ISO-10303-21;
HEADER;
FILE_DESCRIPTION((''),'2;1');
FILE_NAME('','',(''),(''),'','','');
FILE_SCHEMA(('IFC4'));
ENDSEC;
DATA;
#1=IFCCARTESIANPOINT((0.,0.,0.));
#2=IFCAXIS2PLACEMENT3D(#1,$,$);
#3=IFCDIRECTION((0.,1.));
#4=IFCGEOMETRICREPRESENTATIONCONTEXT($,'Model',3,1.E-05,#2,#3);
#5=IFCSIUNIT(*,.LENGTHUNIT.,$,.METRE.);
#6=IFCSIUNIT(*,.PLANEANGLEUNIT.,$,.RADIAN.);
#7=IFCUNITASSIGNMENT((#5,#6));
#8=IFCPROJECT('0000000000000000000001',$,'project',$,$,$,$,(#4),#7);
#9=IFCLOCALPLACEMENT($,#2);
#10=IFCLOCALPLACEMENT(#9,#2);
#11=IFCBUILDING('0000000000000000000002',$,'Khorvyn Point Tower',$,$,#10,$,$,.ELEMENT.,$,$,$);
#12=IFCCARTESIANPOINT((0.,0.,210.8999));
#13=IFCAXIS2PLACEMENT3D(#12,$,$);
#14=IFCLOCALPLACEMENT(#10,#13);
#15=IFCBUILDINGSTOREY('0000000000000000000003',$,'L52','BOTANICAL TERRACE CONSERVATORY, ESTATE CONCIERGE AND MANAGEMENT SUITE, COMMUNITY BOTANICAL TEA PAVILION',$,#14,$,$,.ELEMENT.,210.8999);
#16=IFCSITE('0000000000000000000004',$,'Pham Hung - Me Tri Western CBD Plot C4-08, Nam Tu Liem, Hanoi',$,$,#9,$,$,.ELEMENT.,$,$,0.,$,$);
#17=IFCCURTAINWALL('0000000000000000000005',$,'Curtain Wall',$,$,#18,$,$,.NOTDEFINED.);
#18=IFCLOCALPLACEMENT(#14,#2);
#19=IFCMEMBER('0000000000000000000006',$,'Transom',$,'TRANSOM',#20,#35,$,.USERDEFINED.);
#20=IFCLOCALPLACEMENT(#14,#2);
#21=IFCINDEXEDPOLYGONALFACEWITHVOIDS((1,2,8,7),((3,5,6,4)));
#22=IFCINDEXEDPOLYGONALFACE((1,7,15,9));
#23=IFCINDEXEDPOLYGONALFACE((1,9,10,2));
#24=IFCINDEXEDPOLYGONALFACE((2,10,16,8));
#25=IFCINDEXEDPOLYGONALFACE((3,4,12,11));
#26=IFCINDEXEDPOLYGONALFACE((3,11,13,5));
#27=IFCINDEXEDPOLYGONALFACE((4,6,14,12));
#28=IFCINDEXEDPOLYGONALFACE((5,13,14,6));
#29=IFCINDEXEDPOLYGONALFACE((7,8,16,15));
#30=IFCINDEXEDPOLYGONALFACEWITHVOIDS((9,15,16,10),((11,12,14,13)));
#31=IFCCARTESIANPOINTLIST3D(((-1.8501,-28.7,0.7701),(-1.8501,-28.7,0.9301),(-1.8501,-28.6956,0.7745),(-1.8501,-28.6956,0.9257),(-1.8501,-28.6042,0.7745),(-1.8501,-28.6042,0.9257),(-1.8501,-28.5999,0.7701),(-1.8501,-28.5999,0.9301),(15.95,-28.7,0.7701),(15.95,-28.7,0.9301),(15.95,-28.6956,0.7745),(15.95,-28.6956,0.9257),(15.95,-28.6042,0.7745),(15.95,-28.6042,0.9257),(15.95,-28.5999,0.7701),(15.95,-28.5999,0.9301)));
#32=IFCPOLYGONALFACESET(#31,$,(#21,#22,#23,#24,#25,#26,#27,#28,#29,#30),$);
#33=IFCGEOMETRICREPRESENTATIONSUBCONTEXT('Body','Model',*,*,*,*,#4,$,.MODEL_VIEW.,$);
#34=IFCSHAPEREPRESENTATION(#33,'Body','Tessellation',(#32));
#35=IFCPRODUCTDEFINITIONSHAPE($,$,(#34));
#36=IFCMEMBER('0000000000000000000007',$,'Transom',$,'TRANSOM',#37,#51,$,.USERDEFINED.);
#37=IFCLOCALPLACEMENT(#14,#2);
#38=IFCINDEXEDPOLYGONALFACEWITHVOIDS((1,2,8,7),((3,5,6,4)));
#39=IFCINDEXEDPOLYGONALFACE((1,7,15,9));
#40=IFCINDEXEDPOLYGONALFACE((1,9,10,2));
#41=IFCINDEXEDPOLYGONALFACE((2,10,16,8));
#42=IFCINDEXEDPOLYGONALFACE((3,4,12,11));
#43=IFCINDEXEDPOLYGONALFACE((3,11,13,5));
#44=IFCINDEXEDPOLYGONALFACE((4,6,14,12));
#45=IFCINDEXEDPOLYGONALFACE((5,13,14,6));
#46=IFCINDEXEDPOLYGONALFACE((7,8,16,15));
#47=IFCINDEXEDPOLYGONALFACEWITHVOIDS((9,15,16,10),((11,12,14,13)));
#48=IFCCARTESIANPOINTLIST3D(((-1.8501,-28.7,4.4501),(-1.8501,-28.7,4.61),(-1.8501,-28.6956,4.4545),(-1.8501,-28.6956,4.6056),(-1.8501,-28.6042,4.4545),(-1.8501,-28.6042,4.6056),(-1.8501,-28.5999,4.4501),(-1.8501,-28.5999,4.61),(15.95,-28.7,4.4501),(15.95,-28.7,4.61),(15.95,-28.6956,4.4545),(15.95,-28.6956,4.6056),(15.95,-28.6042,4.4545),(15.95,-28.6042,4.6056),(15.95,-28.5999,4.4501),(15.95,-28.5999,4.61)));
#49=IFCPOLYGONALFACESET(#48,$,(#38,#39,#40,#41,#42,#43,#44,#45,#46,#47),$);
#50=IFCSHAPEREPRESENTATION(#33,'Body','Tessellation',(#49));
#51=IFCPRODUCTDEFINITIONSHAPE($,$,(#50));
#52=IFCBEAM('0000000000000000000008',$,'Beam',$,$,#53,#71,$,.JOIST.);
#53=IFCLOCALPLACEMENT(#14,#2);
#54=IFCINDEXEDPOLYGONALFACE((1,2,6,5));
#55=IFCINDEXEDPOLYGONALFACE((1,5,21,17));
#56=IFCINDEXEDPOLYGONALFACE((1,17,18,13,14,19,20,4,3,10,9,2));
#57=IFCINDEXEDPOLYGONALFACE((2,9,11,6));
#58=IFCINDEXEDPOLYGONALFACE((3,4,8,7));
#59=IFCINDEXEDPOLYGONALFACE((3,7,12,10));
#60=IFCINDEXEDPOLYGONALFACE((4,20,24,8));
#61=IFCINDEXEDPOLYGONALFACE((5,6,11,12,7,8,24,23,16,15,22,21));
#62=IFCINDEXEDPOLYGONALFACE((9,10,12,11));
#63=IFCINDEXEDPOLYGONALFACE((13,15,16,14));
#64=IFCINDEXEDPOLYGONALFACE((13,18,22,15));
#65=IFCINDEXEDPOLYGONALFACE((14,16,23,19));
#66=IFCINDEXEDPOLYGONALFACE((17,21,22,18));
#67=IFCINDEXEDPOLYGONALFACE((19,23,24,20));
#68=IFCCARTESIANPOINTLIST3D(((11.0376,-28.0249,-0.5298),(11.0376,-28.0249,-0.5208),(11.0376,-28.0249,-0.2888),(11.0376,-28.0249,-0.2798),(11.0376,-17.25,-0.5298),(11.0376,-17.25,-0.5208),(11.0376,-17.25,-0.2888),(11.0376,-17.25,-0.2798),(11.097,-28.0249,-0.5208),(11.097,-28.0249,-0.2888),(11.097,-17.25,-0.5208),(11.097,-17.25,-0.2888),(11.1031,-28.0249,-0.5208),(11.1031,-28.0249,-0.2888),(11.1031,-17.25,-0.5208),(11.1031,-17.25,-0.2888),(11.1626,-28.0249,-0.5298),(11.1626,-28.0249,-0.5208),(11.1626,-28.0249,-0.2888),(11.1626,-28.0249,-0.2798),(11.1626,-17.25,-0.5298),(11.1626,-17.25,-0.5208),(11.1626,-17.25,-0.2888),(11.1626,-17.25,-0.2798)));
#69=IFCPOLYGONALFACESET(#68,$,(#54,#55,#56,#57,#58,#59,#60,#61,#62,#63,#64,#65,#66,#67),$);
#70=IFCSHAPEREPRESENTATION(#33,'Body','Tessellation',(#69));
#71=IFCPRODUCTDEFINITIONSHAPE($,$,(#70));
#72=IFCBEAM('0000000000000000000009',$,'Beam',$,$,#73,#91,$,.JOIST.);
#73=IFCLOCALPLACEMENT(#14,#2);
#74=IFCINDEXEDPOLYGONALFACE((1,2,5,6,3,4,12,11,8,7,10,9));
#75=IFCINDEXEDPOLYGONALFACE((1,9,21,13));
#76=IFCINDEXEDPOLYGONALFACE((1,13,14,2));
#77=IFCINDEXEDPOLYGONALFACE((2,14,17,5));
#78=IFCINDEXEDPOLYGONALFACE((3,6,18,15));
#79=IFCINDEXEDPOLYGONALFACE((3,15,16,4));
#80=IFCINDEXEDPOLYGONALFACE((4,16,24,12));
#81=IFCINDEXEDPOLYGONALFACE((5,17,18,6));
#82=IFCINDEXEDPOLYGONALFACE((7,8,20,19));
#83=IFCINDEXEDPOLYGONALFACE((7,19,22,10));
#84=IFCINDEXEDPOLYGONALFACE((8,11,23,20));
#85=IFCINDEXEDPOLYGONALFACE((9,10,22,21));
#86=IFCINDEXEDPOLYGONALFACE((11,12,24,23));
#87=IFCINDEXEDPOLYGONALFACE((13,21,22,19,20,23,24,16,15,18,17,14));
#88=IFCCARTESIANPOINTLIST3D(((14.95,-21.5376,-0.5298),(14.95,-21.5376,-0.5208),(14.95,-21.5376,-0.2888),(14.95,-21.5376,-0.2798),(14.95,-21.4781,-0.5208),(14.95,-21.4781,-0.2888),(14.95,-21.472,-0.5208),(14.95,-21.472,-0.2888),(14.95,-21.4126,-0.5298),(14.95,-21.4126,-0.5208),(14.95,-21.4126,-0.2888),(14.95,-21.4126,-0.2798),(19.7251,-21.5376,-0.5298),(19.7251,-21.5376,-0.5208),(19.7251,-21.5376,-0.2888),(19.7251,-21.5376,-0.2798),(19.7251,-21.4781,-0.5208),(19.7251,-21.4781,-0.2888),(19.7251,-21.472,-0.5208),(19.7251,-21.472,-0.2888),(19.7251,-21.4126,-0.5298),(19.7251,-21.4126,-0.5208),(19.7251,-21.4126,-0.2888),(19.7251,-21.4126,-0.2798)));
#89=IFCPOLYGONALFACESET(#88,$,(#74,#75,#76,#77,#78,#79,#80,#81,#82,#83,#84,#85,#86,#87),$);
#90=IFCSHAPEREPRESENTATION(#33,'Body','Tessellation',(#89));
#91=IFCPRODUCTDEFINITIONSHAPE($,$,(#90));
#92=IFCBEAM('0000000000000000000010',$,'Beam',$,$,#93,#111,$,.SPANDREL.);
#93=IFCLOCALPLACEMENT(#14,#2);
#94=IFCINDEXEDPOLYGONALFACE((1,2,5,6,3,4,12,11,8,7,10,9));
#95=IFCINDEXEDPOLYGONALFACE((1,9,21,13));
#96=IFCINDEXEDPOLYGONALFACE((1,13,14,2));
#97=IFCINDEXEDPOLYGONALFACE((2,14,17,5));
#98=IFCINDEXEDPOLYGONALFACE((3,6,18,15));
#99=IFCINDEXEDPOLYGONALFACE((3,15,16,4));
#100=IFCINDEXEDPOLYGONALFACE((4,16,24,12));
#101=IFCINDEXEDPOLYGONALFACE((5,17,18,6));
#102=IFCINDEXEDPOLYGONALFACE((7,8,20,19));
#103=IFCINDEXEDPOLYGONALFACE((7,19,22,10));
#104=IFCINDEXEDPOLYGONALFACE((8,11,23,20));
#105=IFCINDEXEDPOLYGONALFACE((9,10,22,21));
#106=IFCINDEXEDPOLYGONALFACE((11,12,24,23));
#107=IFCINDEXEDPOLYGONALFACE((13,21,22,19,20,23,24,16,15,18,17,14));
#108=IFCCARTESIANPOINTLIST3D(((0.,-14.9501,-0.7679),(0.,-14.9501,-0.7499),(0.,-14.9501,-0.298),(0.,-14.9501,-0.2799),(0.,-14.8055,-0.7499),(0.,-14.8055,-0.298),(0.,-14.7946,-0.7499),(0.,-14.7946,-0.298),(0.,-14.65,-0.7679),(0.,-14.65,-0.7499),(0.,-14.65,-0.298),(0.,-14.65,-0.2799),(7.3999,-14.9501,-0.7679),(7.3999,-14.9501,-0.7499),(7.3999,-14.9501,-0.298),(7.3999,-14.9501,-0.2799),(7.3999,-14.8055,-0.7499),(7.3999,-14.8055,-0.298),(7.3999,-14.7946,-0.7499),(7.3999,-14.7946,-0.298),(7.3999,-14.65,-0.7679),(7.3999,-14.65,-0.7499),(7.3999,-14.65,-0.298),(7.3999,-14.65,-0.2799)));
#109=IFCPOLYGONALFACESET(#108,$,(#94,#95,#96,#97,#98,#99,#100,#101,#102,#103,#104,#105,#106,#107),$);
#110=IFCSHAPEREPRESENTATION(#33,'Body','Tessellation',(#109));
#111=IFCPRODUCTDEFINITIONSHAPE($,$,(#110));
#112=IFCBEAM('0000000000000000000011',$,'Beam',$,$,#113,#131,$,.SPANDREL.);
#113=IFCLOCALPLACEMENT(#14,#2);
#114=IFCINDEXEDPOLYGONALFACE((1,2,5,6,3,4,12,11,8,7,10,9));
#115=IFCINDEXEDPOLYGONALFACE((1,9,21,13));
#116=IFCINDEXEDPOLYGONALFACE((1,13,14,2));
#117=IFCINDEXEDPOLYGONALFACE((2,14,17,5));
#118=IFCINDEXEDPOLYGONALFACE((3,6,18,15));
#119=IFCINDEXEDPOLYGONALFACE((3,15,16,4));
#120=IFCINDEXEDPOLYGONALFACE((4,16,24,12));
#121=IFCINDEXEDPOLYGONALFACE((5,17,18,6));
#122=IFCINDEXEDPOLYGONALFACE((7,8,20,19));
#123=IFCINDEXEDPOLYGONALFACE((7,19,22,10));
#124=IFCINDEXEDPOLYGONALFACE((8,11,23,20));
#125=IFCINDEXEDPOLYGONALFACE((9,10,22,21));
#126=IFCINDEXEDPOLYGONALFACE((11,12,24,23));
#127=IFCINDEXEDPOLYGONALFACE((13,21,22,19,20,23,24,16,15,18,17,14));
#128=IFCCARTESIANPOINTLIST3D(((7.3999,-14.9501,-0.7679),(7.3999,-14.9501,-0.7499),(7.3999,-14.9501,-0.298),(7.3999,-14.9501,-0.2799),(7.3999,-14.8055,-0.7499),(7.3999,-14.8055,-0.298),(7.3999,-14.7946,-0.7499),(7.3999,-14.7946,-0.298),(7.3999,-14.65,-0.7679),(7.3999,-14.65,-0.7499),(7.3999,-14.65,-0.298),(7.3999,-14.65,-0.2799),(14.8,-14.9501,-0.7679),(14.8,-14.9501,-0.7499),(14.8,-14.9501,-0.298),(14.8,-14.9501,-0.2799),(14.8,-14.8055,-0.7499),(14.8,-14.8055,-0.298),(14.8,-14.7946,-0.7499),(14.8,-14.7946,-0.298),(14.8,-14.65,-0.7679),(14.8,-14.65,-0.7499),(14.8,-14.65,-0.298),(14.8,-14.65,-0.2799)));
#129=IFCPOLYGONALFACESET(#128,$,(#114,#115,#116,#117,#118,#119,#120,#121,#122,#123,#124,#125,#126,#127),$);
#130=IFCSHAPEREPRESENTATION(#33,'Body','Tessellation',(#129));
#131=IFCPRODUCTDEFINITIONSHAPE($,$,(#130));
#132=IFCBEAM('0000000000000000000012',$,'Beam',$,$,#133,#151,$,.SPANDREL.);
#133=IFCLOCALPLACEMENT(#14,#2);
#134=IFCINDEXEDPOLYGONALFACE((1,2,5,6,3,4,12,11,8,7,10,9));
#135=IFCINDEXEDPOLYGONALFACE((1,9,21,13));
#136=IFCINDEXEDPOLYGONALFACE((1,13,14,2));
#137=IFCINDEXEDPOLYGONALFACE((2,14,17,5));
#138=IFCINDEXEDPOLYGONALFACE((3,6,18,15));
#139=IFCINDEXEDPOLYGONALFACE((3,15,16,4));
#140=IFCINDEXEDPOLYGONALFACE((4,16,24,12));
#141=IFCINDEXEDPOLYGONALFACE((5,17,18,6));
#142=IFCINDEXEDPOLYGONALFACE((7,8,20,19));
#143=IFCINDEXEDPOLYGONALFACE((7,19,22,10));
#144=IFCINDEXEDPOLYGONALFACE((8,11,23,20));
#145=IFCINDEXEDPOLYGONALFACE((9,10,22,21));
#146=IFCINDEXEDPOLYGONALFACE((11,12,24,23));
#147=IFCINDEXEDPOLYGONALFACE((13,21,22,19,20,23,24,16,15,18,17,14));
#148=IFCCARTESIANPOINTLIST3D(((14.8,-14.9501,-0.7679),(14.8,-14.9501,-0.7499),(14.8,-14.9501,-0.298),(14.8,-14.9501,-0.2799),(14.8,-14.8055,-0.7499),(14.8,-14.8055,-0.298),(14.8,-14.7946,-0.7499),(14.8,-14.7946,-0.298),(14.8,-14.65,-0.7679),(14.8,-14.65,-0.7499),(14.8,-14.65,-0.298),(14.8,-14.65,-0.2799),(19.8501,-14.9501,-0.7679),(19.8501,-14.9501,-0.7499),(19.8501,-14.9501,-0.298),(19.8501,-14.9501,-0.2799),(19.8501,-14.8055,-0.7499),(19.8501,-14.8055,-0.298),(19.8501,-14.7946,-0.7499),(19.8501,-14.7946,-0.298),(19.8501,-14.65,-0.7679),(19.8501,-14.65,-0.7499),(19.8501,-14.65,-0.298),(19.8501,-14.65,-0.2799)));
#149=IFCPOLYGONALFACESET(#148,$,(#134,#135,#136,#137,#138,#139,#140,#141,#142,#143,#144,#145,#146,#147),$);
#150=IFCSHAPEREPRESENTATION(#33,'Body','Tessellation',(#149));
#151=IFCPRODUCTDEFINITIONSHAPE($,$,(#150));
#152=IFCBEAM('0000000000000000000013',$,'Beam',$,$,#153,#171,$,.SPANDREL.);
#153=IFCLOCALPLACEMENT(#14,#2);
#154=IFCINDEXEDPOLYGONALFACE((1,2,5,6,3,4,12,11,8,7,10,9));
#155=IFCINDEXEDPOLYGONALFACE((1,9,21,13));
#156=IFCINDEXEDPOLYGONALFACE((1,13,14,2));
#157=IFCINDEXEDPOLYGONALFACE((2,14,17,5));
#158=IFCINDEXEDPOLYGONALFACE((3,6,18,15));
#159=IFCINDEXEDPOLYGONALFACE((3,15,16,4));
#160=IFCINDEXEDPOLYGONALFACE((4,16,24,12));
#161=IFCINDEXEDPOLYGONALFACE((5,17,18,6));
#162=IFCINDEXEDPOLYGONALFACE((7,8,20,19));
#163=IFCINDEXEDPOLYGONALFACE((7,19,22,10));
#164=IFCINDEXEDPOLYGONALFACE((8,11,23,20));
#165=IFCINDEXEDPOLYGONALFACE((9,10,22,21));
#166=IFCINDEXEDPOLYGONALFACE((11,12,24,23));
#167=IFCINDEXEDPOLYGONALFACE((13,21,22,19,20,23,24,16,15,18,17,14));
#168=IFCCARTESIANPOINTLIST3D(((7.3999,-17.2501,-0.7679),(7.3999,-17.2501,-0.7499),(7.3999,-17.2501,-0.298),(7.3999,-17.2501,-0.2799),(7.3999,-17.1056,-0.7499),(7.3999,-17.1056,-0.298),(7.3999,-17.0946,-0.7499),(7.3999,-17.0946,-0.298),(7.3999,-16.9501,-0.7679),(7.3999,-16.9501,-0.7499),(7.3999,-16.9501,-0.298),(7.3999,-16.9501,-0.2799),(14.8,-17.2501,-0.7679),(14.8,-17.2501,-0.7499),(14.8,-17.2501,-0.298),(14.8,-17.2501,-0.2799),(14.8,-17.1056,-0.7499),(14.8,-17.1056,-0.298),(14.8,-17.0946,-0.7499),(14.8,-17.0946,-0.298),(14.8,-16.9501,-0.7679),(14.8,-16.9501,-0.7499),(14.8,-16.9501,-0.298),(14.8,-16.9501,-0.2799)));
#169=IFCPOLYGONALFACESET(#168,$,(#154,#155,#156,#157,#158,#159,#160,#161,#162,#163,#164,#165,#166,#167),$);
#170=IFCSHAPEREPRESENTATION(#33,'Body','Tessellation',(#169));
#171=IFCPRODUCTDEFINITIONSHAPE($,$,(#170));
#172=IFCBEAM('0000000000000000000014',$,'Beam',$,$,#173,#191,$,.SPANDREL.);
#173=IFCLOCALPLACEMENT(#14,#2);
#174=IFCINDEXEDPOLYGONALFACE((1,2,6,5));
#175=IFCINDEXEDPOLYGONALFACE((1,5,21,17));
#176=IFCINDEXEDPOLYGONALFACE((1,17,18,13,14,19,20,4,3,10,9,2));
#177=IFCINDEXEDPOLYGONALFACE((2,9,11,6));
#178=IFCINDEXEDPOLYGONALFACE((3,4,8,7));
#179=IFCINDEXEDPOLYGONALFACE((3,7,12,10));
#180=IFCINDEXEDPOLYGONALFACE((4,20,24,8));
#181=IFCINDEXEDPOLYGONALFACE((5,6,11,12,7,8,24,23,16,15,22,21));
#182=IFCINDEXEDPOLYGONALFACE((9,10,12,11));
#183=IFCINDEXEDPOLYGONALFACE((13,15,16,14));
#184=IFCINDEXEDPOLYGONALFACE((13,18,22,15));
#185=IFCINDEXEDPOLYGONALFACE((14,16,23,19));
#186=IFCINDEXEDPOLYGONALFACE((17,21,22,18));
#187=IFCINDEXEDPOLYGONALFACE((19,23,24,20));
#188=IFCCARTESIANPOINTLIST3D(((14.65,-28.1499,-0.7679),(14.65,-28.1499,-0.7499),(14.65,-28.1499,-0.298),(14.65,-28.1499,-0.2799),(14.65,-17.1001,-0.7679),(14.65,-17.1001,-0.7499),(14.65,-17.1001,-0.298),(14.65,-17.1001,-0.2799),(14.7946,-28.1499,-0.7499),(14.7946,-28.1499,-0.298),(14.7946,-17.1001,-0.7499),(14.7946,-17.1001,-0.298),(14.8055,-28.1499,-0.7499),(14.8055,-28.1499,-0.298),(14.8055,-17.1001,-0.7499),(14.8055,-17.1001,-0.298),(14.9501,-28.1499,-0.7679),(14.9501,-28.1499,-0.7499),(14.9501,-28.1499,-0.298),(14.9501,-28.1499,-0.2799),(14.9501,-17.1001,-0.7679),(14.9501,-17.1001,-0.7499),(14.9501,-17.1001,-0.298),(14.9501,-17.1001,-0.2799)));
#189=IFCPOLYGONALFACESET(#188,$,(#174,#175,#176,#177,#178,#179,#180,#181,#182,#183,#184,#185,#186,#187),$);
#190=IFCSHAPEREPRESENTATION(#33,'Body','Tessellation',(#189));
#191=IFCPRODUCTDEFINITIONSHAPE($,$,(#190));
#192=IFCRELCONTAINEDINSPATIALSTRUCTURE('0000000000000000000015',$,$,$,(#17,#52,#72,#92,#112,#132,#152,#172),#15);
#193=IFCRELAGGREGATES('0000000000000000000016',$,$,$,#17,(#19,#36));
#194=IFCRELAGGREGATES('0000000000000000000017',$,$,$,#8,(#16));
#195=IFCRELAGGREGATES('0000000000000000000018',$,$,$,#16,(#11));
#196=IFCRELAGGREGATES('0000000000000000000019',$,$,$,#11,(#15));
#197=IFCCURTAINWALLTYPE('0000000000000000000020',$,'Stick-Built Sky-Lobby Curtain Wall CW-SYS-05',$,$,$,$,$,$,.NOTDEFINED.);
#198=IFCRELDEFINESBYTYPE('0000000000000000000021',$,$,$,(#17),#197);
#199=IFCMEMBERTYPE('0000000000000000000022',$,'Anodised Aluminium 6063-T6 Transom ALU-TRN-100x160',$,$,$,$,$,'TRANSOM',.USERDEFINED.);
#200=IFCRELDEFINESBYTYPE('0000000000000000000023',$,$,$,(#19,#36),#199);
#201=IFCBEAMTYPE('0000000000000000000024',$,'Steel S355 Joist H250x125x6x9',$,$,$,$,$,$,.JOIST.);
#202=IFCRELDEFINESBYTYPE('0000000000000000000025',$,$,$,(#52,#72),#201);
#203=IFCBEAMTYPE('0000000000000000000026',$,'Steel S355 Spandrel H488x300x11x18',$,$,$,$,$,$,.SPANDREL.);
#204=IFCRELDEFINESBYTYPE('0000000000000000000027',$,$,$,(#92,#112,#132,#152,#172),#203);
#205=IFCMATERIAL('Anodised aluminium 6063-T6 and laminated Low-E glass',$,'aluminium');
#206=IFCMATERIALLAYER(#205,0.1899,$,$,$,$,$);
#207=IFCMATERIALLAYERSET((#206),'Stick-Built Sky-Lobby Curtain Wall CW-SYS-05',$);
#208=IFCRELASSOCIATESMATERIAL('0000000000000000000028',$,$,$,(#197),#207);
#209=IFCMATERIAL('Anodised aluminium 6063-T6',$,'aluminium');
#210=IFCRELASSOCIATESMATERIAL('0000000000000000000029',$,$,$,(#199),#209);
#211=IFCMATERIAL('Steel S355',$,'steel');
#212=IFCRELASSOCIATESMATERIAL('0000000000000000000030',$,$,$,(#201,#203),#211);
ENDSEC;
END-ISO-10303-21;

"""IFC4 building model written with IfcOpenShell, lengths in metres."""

from ifc_helpers import new_model, si_unit, direction, frame, origin, origin_2d, place, context, subcontext, project, spatial, hollow_rectangle, i_section, extrude, material, layer, layer_set, material_profile, profile_set, type_object, element, aggregate, save


model = new_model("IFC4")

# Units and contexts
model_context = context("Model", 3, precision=1e-05, world=origin(), true_north=direction((0.0, 1.0)))
body_context = subcontext(model_context, "Body", "Model", "MODEL_VIEW")
ifc_project = project(units=[si_unit("LENGTHUNIT", "METRE"), si_unit("PLANEANGLEUNIT", "RADIAN")], contexts=[model_context])

# Site, building, storey
site_placement = place(None, origin())
site = spatial("IfcSite", under=ifc_project, at=site_placement, Name="Pham Hung - Me Tri Western CBD Plot C4-08, Nam Tu Liem, Hanoi", CompositionType="ELEMENT", RefElevation=0.0)
building_placement = place(site_placement, origin())
building = spatial("IfcBuilding", under=site, at=building_placement, Name="Khorvyn Point Tower", CompositionType="ELEMENT")
storey_placement = place(building_placement, frame((0.0, 0.0, 210.8999)))
storey = spatial("IfcBuildingStorey", under=building, at=storey_placement, Name="L52", Description="BOTANICAL TERRACE CONSERVATORY, ESTATE CONCIERGE AND MANAGEMENT SUITE, COMMUNITY BOTANICAL TEA PAVILION", CompositionType="ELEMENT", Elevation=210.8999)

# Curtain wall
ifc_material_1 = material(Name="Anodised aluminium 6063-T6 and laminated Low-E glass", Category="aluminium")
ifc_layer_1 = layer(ifc_material_1, 0.1899)
ifc_layer_set_1 = layer_set([ifc_layer_1], Name="Stick-Built Sky-Lobby Curtain Wall CW-SYS-05")
curtain_wall_type = type_object("IfcCurtainWallType", Name="Stick-Built Sky-Lobby Curtain Wall CW-SYS-05", PredefinedType="NOTDEFINED", material=ifc_layer_set_1)
curtain_wall_1_placement = place(storey_placement, origin())
curtain_wall_1 = element("IfcCurtainWall", 1, at=curtain_wall_1_placement, inside=storey, type_object=curtain_wall_type, Name="Curtain Wall", PredefinedType="NOTDEFINED")
ifc_material_2 = material(Name="Anodised aluminium 6063-T6", Category="aluminium")

# Members
ifc_material_profile_1 = material_profile(ifc_material_2, hollow_rectangle(XDim=0.1001, YDim=0.1599, WallThickness=0.0044, at=origin_2d()))
ifc_profile_set_1 = profile_set([ifc_material_profile_1], Name="Anodised aluminium 6063-T6 ALU-TRN-100x160")
member_type_1 = type_object("IfcMemberType", Name="Anodised Aluminium 6063-T6 Transom ALU-TRN-100x160", ElementType="TRANSOM", PredefinedType="USERDEFINED", material=ifc_profile_set_1)
member_1_placement = place(storey_placement, frame((15.95, -28.6499, 0.8501), z_axis=(-1.0, 0.0, 0.0), x_axis=(0.0, -1.0, 0.0)))
member_1 = element("IfcMember", 2, at=member_1_placement, type_object=member_type_1, Name="Transom", ObjectType="TRANSOM", PredefinedType="USERDEFINED", context=body_context, shape_type="SweptSolid", body=[
    extrude(hollow_rectangle(XDim=0.1001, YDim=0.1599, WallThickness=0.0044, at=origin_2d()), origin(), (0.0, 0.0, 1.0), 17.8),
])
member_2_placement = place(storey_placement, frame((15.95, -28.6499, 4.53), z_axis=(-1.0, 0.0, 0.0), x_axis=(0.0, -1.0, 0.0)))
member_2 = element("IfcMember", 3, at=member_2_placement, type_object=member_type_1, Name="Transom", ObjectType="TRANSOM", PredefinedType="USERDEFINED", context=body_context, shape_type="SweptSolid", body=[
    extrude(hollow_rectangle(XDim=0.1001, YDim=0.1599, WallThickness=0.0044, at=origin_2d()), origin(), (0.0, 0.0, 1.0), 17.8),
])

# Beams
ifc_material_3 = material(Name="Steel S355", Category="steel")
ifc_material_profile_2 = material_profile(ifc_material_3, i_section(OverallWidth=0.125, OverallDepth=0.25, WebThickness=0.0061, FlangeThickness=0.009, at=origin_2d()))
ifc_profile_set_2 = profile_set([ifc_material_profile_2], Name="Steel S355 H250x125x6x9")
beam_type_1 = type_object("IfcBeamType", Name="Steel S355 Joist H250x125x6x9", PredefinedType="JOIST", material=ifc_profile_set_2)
beam_1_placement = place(storey_placement, frame((11.1001, -28.0249, -0.4048), z_axis=(0.0, 1.0, 0.0), x_axis=(-1.0, 0.0, 0.0)))
element("IfcBeam", 4, at=beam_1_placement, inside=storey, type_object=beam_type_1, Name="Beam", PredefinedType="JOIST", context=body_context, shape_type="SweptSolid", body=[
    extrude(i_section(OverallWidth=0.125, OverallDepth=0.25, WebThickness=0.0061, FlangeThickness=0.009, at=origin_2d()), origin(), (0.0, 0.0, 1.0), 10.7749),
])
beam_2_placement = place(storey_placement, frame((14.95, -21.4751, -0.4048), z_axis=(1.0, 0.0, 0.0), x_axis=(0.0, 1.0, 0.0)))
element("IfcBeam", 5, at=beam_2_placement, inside=storey, type_object=beam_type_1, Name="Beam", PredefinedType="JOIST", context=body_context, shape_type="SweptSolid", body=[
    extrude(i_section(OverallWidth=0.125, OverallDepth=0.25, WebThickness=0.0061, FlangeThickness=0.009, at=origin_2d()), origin(), (0.0, 0.0, 1.0), 4.7751),
])
ifc_material_profile_3 = material_profile(ifc_material_3, i_section(OverallWidth=0.3, OverallDepth=0.488, WebThickness=0.011, FlangeThickness=0.0181, at=origin_2d()))
ifc_profile_set_3 = profile_set([ifc_material_profile_3], Name="Steel S355 H488x300x11x18")
beam_type_2 = type_object("IfcBeamType", Name="Steel S355 Spandrel H488x300x11x18", PredefinedType="SPANDREL", material=ifc_profile_set_3)
beam_3_placement = place(storey_placement, frame((0.0, -14.8, -0.5239), z_axis=(1.0, 0.0, 0.0), x_axis=(0.0, 1.0, 0.0)))
element("IfcBeam", 6, at=beam_3_placement, inside=storey, type_object=beam_type_2, Name="Beam", PredefinedType="SPANDREL", context=body_context, shape_type="SweptSolid", body=[
    extrude(i_section(OverallWidth=0.3, OverallDepth=0.488, WebThickness=0.011, FlangeThickness=0.0181, at=origin_2d()), origin(), (0.0, 0.0, 1.0), 7.3999),
])
beam_4_placement = place(storey_placement, frame((7.3999, -14.8, -0.5239), z_axis=(1.0, 0.0, 0.0), x_axis=(0.0, 1.0, 0.0)))
element("IfcBeam", 7, at=beam_4_placement, inside=storey, type_object=beam_type_2, Name="Beam", PredefinedType="SPANDREL", context=body_context, shape_type="SweptSolid", body=[
    extrude(i_section(OverallWidth=0.3, OverallDepth=0.488, WebThickness=0.011, FlangeThickness=0.0181, at=origin_2d()), origin(), (0.0, 0.0, 1.0), 7.4001),
])
beam_5_placement = place(storey_placement, frame((14.8, -14.8, -0.5239), z_axis=(1.0, 0.0, 0.0), x_axis=(0.0, 1.0, 0.0)))
element("IfcBeam", 8, at=beam_5_placement, inside=storey, type_object=beam_type_2, Name="Beam", PredefinedType="SPANDREL", context=body_context, shape_type="SweptSolid", body=[
    extrude(i_section(OverallWidth=0.3, OverallDepth=0.488, WebThickness=0.011, FlangeThickness=0.0181, at=origin_2d()), origin(), (0.0, 0.0, 1.0), 5.05),
])
beam_6_placement = place(storey_placement, frame((7.3999, -17.1001, -0.5239), z_axis=(1.0, 0.0, 0.0), x_axis=(0.0, 1.0, 0.0)))
element("IfcBeam", 9, at=beam_6_placement, inside=storey, type_object=beam_type_2, Name="Beam", PredefinedType="SPANDREL", context=body_context, shape_type="SweptSolid", body=[
    extrude(i_section(OverallWidth=0.3, OverallDepth=0.488, WebThickness=0.011, FlangeThickness=0.0181, at=origin_2d()), origin(), (0.0, 0.0, 1.0), 7.4001),
])
beam_7_placement = place(storey_placement, frame((14.8, -28.1499, -0.5239), z_axis=(0.0, 1.0, 0.0), x_axis=(-1.0, 0.0, 0.0)))
element("IfcBeam", 10, at=beam_7_placement, inside=storey, type_object=beam_type_2, Name="Beam", PredefinedType="SPANDREL", context=body_context, shape_type="SweptSolid", body=[
    extrude(i_section(OverallWidth=0.3, OverallDepth=0.488, WebThickness=0.011, FlangeThickness=0.0181, at=origin_2d()), origin(), (0.0, 0.0, 1.0), 11.0498),
])

aggregate(curtain_wall_1, [member_1, member_2])

save(model, "model.ifc")
